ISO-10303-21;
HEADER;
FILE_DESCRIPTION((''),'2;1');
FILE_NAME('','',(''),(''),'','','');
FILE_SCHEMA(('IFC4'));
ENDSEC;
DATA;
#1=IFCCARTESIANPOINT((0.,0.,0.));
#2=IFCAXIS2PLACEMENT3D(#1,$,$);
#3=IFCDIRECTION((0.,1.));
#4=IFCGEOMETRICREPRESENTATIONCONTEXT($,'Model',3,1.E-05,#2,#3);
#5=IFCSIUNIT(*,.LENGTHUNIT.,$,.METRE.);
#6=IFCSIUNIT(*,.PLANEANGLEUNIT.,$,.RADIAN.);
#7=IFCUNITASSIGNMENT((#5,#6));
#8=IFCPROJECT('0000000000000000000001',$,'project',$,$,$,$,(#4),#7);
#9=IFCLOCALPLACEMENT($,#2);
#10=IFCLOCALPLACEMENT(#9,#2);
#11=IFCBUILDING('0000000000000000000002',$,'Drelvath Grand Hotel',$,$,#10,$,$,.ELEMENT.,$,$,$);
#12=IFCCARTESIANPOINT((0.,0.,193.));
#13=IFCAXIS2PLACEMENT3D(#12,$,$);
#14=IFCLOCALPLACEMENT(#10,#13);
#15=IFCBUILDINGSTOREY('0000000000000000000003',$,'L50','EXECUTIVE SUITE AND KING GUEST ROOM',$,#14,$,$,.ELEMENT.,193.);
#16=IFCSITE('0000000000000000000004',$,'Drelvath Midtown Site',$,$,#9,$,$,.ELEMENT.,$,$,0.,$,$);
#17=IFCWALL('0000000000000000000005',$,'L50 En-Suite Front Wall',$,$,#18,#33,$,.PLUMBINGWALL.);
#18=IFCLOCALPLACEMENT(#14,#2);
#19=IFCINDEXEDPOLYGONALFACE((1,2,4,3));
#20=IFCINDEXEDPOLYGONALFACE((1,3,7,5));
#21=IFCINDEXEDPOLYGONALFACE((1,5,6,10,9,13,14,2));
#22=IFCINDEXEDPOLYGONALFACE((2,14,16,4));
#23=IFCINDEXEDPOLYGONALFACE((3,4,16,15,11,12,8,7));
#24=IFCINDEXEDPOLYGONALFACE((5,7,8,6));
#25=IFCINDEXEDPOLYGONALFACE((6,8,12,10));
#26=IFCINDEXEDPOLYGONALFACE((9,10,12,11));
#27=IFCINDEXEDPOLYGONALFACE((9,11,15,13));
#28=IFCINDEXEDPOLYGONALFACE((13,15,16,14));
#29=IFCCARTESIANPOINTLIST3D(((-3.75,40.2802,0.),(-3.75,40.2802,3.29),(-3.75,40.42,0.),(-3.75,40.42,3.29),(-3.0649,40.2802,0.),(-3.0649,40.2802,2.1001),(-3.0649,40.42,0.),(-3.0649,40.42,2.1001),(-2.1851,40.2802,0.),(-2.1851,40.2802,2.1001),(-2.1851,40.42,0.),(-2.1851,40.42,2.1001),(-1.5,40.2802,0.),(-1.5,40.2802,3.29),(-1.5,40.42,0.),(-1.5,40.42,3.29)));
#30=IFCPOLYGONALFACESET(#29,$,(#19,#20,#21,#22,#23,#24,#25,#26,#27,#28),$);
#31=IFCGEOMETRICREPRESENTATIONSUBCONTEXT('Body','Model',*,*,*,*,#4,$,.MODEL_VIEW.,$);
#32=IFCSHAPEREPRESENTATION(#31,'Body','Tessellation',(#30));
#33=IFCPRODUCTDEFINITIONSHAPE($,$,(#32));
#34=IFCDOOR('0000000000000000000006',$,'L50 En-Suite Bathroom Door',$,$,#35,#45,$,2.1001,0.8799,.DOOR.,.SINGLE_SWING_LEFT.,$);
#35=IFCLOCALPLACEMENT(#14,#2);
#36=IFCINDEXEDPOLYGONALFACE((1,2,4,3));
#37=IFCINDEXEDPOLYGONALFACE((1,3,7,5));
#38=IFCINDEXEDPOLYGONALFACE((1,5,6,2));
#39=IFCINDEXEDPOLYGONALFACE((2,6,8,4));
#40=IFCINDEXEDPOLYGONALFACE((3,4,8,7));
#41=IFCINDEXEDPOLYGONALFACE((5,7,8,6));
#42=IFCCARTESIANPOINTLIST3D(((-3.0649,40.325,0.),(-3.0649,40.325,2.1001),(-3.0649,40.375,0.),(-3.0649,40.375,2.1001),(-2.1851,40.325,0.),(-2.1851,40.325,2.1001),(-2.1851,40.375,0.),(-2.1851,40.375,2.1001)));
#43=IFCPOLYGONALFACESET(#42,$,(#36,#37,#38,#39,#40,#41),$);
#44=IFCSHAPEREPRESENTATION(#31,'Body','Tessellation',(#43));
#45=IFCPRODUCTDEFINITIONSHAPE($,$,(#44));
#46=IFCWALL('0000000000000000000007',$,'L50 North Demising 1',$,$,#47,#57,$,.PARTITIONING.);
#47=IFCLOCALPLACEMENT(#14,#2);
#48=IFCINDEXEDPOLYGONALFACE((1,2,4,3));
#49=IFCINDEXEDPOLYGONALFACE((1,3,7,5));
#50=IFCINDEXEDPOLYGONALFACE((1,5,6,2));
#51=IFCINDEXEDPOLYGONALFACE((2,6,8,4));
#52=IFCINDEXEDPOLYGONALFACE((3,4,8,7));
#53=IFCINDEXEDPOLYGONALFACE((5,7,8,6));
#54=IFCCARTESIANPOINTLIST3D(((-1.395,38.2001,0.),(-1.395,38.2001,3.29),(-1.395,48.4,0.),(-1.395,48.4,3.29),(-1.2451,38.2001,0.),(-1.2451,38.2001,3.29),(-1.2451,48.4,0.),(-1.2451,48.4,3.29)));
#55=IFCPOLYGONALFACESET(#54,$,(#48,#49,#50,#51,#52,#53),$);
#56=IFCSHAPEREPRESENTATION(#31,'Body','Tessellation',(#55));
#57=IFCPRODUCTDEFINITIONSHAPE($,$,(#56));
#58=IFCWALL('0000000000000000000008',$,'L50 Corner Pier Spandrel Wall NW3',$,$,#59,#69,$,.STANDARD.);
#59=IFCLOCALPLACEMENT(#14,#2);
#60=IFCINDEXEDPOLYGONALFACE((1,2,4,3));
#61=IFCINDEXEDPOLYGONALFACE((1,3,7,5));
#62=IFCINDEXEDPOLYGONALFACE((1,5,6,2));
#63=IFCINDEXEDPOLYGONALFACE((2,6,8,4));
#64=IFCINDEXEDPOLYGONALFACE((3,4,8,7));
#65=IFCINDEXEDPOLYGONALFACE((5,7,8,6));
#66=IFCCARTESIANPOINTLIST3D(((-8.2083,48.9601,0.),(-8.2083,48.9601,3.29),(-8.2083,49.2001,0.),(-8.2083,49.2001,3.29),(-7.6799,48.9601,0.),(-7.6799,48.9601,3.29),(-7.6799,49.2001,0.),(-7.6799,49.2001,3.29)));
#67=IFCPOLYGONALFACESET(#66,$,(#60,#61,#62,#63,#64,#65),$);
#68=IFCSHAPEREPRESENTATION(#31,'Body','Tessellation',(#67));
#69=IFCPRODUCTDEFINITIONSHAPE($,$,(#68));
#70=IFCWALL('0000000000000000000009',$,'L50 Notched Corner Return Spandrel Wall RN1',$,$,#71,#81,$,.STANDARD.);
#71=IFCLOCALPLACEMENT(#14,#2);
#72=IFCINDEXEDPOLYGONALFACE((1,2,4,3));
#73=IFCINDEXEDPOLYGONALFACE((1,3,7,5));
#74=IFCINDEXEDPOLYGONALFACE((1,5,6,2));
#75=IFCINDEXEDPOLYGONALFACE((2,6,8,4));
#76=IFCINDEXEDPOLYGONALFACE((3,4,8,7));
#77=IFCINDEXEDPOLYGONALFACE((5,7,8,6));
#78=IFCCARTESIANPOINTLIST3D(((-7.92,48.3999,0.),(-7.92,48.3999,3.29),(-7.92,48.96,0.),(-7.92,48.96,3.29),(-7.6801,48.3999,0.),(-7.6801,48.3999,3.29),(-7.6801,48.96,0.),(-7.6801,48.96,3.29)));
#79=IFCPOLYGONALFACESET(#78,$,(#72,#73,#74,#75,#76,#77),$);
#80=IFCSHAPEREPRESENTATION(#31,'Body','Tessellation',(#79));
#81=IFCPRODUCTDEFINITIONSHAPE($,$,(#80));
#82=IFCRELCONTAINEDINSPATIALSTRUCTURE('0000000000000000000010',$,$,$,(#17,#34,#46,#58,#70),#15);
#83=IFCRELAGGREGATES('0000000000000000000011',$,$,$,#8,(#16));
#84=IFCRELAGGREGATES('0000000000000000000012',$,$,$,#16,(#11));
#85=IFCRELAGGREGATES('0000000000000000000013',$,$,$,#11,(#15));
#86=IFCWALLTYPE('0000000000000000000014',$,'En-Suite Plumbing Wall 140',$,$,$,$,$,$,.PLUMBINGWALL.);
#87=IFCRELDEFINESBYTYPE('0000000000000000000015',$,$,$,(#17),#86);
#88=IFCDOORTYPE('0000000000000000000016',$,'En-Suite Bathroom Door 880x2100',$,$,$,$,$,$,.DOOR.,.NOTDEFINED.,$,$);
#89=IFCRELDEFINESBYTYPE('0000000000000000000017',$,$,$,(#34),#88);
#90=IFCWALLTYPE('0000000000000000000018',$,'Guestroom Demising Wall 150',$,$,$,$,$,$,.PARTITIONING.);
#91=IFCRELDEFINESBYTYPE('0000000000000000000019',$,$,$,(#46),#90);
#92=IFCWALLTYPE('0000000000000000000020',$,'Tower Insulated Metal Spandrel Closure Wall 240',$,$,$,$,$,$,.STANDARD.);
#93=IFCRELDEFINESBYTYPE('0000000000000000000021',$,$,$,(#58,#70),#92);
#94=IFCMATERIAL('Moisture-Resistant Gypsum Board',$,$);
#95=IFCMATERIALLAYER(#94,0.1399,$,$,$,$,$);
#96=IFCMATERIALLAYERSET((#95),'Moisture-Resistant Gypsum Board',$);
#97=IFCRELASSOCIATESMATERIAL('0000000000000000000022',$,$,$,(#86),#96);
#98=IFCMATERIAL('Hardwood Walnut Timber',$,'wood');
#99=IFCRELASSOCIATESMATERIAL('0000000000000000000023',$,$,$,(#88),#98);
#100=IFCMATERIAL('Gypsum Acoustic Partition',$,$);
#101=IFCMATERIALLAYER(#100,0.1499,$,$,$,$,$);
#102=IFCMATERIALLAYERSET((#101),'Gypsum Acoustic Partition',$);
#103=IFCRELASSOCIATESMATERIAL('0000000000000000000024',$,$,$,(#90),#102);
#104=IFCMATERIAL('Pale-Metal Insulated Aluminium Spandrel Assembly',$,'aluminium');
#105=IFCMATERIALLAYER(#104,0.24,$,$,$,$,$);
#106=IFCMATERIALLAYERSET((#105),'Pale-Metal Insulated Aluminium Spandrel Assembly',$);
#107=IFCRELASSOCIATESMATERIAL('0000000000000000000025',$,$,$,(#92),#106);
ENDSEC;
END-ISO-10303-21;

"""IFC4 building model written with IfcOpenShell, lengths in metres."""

from ifc_helpers import new_model, si_unit, direction, frame, frame_2d, origin, place, context, subcontext, project, spatial, rectangle, extrude, material, layer, layer_set, type_object, element, fill, save


model = new_model("IFC4")

# Units and contexts
model_context = context("Model", 3, precision=1e-05, world=origin(), true_north=direction((0.0, 1.0)))
body_context = subcontext(model_context, "Body", "Model", "MODEL_VIEW")
ifc_project = project(units=[si_unit("LENGTHUNIT", "METRE"), si_unit("PLANEANGLEUNIT", "RADIAN")], contexts=[model_context])

# Site, building, storey
site_placement = place(None, origin())
site = spatial("IfcSite", under=ifc_project, at=site_placement, Name="Drelvath Midtown Site", CompositionType="ELEMENT", RefElevation=0.0)
building_placement = place(site_placement, origin())
building = spatial("IfcBuilding", under=site, at=building_placement, Name="Drelvath Grand Hotel", CompositionType="ELEMENT")
storey_placement = place(building_placement, frame((0.0, 0.0, 193.0)))
storey = spatial("IfcBuildingStorey", under=building, at=storey_placement, Name="L50", Description="EXECUTIVE SUITE AND KING GUEST ROOM", CompositionType="ELEMENT", Elevation=193.0)

# Wall, opening, door
ifc_material_1 = material(Name="Moisture-Resistant Gypsum Board")
ifc_layer_1 = layer(ifc_material_1, 0.1399)
ifc_layer_set_1 = layer_set([ifc_layer_1], Name="Moisture-Resistant Gypsum Board")
wall_type_1 = type_object("IfcWallType", Name="En-Suite Plumbing Wall 140", PredefinedType="PLUMBINGWALL", material=ifc_layer_set_1)
wall_1_placement = place(storey_placement, frame((-3.75, 40.3501, 0.0), z_axis=(0.0, 0.0, 1.0), x_axis=(1.0, 0.0, 0.0)))
wall_1 = element("IfcWall", 1, at=wall_1_placement, inside=storey, type_object=wall_type_1, Name="L50 En-Suite Front Wall", PredefinedType="PLUMBINGWALL", context=body_context, shape_type="SweptSolid", body=[
    extrude(rectangle(XDim=2.25, YDim=0.1399, at=frame_2d((1.125, 0.0))), origin(), (0.0, 0.0, 1.0), 3.29),
])
opening_placement = place(wall_1_placement, frame((0.6851, 0.0, 0.0)))
opening = element("IfcOpeningElement", 2, at=opening_placement, cuts=wall_1, PredefinedType="OPENING", context=body_context, shape_type="SweptSolid", body=[
    extrude(rectangle(XDim=0.8799, YDim=2.1001, at=frame_2d((0.4399, 1.05))), frame((0.0, 0.0798, 0.0), z_axis=(0.0, -1.0, 0.0), x_axis=(1.0, 0.0, 0.0)), (0.0, 0.0, 1.0), 0.1599),
])
ifc_material_2 = material(Name="Hardwood Walnut Timber", Category="wood")
door_type = type_object("IfcDoorType", Name="En-Suite Bathroom Door 880x2100", OperationType="NOTDEFINED", PredefinedType="DOOR", material=ifc_material_2)
door_placement = place(opening_placement, origin())
door = element("IfcDoor", 3, at=door_placement, inside=storey, type_object=door_type, Name="L50 En-Suite Bathroom Door", OperationType="SINGLE_SWING_LEFT", OverallHeight=2.1001, OverallWidth=0.8799, PredefinedType="DOOR", context=body_context, shape_type="SweptSolid", body=[
    extrude(rectangle(XDim=0.8799, YDim=2.1001, at=frame_2d((0.4399, 1.05))), frame((0.0, 0.0249, 0.0), z_axis=(0.0, -1.0, 0.0), x_axis=(1.0, 0.0, 0.0)), (0.0, 0.0, 1.0), 0.05),
])
fill(opening, door)

# Walls
ifc_material_3 = material(Name="Gypsum Acoustic Partition")
ifc_layer_2 = layer(ifc_material_3, 0.1499)
ifc_layer_set_2 = layer_set([ifc_layer_2], Name="Gypsum Acoustic Partition")
wall_type_2 = type_object("IfcWallType", Name="Guestroom Demising Wall 150", PredefinedType="PARTITIONING", material=ifc_layer_set_2)
wall_2_placement = place(storey_placement, frame((-1.3201, 38.2, 0.0), z_axis=(0.0, 0.0, 1.0), x_axis=(0.0, 1.0, 0.0)))
element("IfcWall", 4, at=wall_2_placement, inside=storey, type_object=wall_type_2, Name="L50 North Demising 1", PredefinedType="PARTITIONING", context=body_context, shape_type="SweptSolid", body=[
    extrude(rectangle(XDim=10.2, YDim=0.1499, at=frame_2d((5.1001, 0.0))), origin(), (0.0, 0.0, 1.0), 3.29),
])
ifc_material_4 = material(Name="Pale-Metal Insulated Aluminium Spandrel Assembly", Category="aluminium")
ifc_layer_3 = layer(ifc_material_4, 0.24)
ifc_layer_set_3 = layer_set([ifc_layer_3], Name="Pale-Metal Insulated Aluminium Spandrel Assembly")
wall_type_3 = type_object("IfcWallType", Name="Tower Insulated Metal Spandrel Closure Wall 240", PredefinedType="STANDARD", material=ifc_layer_set_3)
wall_3_placement = place(storey_placement, frame((-8.2083, 49.0801, 0.0), z_axis=(0.0, 0.0, 1.0), x_axis=(1.0, 0.0, 0.0)))
element("IfcWall", 5, at=wall_3_placement, inside=storey, type_object=wall_type_3, Name="L50 Corner Pier Spandrel Wall NW3", PredefinedType="STANDARD", context=body_context, shape_type="SweptSolid", body=[
    extrude(rectangle(XDim=0.5283, YDim=0.24, at=frame_2d((0.2642, 0.0))), origin(), (0.0, 0.0, 1.0), 3.29),
])
wall_4_placement = place(storey_placement, frame((-7.8, 48.96, 0.0), z_axis=(0.0, 0.0, 1.0), x_axis=(0.0, -1.0, 0.0)))
element("IfcWall", 6, at=wall_4_placement, inside=storey, type_object=wall_type_3, Name="L50 Notched Corner Return Spandrel Wall RN1", PredefinedType="STANDARD", context=body_context, shape_type="SweptSolid", body=[
    extrude(rectangle(XDim=0.5601, YDim=0.24, at=frame_2d((0.28, 0.0))), origin(), (0.0, 0.0, 1.0), 3.29),
])

save(model, "model.ifc")
